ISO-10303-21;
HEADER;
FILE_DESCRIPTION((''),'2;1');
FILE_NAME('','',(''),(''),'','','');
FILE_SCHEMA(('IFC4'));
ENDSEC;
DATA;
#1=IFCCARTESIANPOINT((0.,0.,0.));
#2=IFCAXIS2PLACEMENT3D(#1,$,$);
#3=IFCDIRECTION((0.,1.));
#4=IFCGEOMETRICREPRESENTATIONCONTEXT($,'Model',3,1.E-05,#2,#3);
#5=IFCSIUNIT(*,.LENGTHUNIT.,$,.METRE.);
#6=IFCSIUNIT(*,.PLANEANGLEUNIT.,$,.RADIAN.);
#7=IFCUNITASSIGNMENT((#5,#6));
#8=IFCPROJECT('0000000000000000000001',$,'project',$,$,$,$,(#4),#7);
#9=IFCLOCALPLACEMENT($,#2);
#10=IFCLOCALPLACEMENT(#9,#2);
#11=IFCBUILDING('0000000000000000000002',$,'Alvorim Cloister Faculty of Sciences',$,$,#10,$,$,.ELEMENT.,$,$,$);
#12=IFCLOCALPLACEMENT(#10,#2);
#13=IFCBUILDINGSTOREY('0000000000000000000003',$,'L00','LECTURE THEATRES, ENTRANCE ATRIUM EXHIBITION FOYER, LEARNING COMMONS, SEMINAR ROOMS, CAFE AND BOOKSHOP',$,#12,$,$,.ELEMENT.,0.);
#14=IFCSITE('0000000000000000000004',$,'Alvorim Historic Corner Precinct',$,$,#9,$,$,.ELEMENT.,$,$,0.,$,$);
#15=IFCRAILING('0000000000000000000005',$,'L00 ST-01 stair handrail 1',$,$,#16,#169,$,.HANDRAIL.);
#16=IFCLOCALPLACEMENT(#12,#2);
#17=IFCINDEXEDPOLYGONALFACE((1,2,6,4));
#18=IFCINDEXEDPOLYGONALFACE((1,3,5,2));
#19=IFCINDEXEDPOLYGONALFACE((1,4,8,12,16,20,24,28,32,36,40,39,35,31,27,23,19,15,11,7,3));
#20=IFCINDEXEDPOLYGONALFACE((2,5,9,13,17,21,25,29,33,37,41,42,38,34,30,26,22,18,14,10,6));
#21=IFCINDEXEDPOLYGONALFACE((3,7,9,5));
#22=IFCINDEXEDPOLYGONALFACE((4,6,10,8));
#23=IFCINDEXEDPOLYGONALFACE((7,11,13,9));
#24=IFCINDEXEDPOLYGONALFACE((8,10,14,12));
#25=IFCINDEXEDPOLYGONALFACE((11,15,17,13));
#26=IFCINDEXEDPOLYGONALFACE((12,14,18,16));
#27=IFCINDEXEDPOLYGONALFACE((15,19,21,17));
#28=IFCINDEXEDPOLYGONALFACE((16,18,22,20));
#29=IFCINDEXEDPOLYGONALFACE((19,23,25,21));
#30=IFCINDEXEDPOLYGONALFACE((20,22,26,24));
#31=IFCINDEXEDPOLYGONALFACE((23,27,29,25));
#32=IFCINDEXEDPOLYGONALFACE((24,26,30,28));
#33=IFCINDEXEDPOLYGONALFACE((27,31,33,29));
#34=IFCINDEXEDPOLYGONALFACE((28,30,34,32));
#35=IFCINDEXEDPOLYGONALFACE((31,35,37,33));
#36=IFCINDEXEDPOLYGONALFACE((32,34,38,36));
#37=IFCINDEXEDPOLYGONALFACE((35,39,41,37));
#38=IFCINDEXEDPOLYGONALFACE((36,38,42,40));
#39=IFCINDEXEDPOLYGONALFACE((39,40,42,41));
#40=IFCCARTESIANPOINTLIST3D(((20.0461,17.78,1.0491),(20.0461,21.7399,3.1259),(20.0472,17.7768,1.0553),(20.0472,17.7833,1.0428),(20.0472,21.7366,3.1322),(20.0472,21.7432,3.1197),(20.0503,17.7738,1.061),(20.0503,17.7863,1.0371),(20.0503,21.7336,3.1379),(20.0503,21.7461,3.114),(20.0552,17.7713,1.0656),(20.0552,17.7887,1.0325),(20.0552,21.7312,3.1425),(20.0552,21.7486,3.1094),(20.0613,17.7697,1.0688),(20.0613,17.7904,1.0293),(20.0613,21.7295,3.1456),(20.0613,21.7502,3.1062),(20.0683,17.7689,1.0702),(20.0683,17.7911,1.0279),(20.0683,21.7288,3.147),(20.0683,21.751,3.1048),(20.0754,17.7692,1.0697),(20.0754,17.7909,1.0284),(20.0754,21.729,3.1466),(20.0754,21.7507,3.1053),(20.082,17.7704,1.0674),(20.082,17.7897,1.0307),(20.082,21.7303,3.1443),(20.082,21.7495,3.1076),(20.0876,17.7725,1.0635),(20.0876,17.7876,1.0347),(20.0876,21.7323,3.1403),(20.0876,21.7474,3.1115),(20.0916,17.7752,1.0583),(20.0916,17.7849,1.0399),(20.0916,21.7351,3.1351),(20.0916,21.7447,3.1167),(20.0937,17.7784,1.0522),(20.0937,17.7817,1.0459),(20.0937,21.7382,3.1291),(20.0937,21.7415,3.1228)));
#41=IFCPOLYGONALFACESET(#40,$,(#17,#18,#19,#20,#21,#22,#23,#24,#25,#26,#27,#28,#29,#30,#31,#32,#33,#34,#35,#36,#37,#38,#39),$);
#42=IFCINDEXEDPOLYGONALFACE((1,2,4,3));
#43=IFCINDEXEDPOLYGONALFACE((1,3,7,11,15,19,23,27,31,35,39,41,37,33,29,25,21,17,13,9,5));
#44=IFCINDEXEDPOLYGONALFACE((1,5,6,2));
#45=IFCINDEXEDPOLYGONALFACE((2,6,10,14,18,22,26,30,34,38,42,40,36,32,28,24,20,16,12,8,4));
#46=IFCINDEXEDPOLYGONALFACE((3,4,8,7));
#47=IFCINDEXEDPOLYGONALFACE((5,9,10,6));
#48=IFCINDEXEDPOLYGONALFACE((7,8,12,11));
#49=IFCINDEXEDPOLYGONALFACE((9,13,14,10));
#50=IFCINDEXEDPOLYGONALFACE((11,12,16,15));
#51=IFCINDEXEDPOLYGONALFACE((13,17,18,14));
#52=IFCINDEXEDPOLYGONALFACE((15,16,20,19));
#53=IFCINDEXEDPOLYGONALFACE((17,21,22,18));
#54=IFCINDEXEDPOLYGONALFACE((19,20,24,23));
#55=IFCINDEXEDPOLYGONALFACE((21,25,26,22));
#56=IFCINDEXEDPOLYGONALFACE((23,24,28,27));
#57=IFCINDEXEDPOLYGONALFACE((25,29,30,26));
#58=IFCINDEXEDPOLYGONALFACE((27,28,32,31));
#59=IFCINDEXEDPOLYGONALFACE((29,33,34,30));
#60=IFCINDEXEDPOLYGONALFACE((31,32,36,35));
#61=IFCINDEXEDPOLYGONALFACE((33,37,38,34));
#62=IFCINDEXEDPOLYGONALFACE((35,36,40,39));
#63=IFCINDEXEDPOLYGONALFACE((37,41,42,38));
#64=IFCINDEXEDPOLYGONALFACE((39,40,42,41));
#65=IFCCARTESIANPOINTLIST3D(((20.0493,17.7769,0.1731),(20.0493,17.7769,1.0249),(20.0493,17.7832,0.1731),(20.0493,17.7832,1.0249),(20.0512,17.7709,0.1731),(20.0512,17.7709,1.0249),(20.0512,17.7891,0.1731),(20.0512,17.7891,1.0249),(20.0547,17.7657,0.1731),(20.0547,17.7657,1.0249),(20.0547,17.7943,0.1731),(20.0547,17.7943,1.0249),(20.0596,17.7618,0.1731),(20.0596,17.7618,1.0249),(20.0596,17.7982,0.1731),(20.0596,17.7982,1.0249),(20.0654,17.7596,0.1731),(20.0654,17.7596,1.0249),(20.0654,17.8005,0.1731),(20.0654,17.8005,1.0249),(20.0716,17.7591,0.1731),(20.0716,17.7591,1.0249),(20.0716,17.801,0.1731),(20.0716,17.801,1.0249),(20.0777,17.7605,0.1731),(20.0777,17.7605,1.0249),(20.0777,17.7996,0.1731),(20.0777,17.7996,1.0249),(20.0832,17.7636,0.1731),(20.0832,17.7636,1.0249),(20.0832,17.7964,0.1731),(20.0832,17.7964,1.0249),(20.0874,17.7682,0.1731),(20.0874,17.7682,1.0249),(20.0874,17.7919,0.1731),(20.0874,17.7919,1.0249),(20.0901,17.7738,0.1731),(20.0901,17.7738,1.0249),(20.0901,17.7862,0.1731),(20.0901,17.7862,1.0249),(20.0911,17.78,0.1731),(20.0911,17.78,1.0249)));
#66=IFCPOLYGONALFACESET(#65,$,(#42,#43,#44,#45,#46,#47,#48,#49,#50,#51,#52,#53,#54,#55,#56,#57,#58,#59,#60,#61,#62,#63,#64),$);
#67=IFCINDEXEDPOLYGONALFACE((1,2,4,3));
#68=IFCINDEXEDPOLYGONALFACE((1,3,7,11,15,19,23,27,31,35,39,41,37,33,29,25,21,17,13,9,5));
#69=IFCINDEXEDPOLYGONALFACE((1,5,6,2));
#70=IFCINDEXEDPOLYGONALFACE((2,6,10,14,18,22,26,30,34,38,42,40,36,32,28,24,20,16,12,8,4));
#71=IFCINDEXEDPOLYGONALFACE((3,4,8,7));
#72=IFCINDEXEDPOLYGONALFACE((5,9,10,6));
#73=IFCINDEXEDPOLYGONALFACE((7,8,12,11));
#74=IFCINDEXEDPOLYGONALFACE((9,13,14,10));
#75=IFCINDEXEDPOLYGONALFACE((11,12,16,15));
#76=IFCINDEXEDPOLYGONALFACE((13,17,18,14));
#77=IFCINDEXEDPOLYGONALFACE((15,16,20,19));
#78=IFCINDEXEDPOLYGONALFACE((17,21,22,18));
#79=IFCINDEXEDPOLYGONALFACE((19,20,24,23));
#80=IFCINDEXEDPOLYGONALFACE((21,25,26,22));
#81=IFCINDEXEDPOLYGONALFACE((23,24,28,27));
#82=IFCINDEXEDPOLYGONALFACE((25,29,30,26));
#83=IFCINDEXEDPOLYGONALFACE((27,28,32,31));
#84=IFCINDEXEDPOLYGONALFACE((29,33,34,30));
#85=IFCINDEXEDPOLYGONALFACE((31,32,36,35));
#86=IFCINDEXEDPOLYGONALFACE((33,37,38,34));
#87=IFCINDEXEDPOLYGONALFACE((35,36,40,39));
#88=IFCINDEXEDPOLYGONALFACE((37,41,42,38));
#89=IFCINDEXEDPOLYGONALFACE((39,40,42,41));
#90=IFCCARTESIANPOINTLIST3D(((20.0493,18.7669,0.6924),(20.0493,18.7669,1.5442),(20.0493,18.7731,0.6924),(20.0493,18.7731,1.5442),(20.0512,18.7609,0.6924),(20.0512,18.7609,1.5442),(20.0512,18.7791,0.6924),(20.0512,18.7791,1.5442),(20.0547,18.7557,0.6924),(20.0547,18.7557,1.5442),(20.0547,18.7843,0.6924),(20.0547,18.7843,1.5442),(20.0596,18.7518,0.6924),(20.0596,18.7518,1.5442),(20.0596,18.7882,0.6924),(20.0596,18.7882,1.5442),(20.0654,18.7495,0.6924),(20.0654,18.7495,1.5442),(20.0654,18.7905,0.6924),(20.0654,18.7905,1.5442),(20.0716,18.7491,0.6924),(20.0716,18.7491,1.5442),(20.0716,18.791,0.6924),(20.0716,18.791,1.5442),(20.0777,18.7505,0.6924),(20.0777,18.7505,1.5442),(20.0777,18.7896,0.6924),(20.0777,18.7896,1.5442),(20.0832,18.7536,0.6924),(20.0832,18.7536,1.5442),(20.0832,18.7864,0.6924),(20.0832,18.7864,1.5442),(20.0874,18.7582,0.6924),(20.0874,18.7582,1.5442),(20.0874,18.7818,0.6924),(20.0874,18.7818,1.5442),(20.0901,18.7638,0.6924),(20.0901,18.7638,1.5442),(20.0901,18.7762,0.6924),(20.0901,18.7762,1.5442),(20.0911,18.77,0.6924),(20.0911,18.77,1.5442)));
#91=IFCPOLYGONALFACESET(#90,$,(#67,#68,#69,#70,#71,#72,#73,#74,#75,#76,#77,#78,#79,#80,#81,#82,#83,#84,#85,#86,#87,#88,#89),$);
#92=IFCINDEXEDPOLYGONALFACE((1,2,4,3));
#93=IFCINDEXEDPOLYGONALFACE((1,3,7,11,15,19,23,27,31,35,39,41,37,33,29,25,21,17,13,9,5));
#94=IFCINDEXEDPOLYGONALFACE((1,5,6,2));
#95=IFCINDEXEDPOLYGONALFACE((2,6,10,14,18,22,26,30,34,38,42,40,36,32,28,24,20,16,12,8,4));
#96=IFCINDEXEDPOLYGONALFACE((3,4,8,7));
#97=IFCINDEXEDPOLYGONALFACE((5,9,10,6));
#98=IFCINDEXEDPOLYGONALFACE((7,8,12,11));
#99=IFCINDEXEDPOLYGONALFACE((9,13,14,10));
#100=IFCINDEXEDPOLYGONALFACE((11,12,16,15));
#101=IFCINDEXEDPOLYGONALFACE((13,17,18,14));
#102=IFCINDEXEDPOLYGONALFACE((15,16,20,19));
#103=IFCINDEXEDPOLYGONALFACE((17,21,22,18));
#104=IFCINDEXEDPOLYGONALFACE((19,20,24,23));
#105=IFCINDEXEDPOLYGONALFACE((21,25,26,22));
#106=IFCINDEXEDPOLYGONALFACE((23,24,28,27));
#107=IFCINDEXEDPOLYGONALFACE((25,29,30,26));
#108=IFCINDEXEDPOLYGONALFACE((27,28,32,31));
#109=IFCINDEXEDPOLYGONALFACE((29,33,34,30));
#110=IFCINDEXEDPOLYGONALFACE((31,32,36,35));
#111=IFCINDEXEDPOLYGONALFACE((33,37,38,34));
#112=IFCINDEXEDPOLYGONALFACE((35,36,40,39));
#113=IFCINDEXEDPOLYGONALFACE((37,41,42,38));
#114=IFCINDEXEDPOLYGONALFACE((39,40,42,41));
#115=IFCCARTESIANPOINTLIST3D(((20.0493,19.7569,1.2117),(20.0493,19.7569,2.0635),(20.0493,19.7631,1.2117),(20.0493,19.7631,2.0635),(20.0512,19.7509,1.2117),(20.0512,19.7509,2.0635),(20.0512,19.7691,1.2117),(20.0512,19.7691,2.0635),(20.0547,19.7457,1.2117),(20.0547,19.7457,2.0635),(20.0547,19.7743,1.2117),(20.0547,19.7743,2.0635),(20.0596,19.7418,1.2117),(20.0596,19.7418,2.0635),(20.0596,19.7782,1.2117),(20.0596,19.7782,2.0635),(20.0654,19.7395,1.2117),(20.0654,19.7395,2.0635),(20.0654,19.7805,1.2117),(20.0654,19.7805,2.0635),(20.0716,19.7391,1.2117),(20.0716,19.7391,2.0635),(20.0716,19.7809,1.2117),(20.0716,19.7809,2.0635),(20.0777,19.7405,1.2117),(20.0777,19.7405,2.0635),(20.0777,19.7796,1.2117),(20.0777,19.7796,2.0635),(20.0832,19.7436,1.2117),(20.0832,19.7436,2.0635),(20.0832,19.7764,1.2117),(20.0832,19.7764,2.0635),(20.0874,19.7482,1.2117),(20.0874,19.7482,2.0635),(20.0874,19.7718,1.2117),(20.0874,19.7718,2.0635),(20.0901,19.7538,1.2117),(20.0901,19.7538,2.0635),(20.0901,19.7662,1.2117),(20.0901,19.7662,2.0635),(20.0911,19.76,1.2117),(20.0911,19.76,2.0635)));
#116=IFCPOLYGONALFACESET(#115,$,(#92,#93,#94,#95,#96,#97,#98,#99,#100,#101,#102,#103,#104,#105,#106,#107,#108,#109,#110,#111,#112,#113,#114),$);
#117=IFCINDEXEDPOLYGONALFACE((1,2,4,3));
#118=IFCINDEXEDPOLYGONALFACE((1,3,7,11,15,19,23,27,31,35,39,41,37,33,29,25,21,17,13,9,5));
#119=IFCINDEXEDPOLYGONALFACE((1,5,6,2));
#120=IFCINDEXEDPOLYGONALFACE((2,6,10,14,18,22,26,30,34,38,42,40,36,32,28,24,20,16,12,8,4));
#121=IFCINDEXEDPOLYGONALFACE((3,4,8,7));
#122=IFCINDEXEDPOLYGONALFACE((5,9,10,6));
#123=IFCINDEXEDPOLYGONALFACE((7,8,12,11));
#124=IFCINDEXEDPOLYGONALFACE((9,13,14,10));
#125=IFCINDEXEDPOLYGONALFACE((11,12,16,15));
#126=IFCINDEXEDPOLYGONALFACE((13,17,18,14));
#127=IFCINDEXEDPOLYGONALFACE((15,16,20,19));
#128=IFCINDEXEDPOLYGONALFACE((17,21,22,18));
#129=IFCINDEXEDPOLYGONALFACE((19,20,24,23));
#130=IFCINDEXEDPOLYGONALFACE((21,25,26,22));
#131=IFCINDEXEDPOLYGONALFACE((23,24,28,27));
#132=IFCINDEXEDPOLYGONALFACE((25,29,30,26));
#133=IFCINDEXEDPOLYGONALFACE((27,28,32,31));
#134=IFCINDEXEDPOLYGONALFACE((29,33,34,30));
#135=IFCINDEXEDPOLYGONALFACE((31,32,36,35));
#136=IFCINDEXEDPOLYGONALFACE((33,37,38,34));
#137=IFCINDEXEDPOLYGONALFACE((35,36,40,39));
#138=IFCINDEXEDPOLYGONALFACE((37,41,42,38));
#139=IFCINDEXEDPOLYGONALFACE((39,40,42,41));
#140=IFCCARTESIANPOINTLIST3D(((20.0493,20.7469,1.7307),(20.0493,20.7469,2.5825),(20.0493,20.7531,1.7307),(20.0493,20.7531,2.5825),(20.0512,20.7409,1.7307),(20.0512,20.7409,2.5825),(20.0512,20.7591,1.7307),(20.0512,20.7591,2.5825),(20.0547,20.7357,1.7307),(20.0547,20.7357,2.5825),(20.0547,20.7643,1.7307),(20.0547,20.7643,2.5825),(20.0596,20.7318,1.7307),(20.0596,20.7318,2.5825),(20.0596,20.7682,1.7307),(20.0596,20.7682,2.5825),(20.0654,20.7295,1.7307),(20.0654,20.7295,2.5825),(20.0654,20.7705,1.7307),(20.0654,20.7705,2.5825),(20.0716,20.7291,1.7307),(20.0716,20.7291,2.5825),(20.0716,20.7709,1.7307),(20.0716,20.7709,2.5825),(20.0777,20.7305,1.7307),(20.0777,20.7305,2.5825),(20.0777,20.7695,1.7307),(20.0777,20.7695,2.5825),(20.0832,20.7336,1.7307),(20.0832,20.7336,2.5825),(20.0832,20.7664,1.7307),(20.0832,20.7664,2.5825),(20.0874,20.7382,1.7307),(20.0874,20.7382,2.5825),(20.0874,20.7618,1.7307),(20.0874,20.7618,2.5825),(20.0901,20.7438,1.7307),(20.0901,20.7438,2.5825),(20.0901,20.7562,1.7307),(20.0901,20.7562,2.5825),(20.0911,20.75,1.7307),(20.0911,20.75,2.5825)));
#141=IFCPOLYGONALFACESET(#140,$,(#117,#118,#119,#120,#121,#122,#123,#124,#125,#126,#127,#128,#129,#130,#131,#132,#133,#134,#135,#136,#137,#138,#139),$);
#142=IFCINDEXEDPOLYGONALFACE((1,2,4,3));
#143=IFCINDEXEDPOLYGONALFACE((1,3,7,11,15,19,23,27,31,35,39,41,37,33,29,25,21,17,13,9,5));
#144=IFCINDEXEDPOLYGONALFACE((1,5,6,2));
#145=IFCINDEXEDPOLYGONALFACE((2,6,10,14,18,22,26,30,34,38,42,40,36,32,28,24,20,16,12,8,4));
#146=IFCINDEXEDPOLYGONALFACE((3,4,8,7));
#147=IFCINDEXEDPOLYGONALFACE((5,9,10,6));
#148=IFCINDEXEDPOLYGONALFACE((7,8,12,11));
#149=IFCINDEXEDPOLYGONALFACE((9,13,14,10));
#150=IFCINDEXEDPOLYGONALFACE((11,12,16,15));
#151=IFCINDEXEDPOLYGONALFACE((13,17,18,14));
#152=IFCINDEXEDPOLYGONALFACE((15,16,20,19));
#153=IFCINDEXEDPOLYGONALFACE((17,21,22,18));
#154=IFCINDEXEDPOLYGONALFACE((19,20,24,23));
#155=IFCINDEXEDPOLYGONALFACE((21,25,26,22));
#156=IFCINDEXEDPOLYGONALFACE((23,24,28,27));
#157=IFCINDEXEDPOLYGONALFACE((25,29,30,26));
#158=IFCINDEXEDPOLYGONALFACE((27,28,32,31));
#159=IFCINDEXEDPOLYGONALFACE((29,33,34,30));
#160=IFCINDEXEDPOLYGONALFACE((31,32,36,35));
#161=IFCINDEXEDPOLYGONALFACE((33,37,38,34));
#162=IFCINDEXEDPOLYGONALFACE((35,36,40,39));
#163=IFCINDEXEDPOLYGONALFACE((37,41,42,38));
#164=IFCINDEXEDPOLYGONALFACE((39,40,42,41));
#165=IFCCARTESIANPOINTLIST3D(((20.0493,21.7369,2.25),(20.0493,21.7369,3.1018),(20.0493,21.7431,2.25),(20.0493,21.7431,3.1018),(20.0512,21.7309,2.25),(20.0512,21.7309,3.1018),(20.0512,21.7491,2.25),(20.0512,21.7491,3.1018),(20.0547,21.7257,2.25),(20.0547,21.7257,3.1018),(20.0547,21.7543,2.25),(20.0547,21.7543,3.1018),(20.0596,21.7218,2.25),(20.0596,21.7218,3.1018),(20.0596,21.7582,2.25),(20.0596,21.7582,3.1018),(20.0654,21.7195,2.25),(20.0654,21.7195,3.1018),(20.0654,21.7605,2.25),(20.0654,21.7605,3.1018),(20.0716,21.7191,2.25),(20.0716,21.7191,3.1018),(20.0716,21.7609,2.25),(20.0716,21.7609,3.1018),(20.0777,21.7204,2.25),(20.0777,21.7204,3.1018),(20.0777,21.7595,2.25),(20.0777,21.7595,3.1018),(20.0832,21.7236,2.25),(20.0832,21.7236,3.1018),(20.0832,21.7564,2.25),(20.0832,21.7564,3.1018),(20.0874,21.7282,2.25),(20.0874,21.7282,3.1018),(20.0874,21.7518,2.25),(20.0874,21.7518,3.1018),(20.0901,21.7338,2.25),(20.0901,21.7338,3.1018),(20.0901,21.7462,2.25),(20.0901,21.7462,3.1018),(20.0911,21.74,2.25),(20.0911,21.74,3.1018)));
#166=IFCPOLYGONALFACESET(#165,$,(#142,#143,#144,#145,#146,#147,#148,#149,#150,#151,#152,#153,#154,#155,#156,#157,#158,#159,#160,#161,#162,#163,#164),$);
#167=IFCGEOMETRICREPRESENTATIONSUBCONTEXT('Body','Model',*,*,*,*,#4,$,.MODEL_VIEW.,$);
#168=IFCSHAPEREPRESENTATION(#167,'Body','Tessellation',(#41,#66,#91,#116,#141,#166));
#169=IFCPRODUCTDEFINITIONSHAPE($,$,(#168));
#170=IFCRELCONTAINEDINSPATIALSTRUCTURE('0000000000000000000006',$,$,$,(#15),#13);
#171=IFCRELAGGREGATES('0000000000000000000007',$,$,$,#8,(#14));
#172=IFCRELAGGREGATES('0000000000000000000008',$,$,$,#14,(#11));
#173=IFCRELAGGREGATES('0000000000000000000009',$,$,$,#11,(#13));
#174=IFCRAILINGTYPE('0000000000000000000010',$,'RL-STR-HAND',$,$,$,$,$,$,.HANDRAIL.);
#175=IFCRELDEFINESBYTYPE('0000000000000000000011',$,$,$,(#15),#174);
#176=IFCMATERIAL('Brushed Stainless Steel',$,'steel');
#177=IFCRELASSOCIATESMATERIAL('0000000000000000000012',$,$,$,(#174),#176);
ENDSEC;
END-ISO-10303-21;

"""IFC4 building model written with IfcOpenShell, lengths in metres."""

from ifc_helpers import new_model, si_unit, direction, frame, origin, origin_2d, place, context, subcontext, project, spatial, circle, extrude, material, type_object, element, save


model = new_model("IFC4")

# Units and contexts
model_context = context("Model", 3, precision=1e-05, world=origin(), true_north=direction((0.0, 1.0)))
body_context = subcontext(model_context, "Body", "Model", "MODEL_VIEW")
ifc_project = project(units=[si_unit("LENGTHUNIT", "METRE"), si_unit("PLANEANGLEUNIT", "RADIAN")], contexts=[model_context])

# Site, building, storey
site_placement = place(None, origin())
site = spatial("IfcSite", under=ifc_project, at=site_placement, Name="Alvorim Historic Corner Precinct", CompositionType="ELEMENT", RefElevation=0.0)
building_placement = place(site_placement, origin())
building = spatial("IfcBuilding", under=site, at=building_placement, Name="Alvorim Cloister Faculty of Sciences", CompositionType="ELEMENT")
storey_placement = place(building_placement, origin())
storey = spatial("IfcBuildingStorey", under=building, at=storey_placement, Name="L00", Description="LECTURE THEATRES, ENTRANCE ATRIUM EXHIBITION FOYER, LEARNING COMMONS, SEMINAR ROOMS, CAFE AND BOOKSHOP", CompositionType="ELEMENT", Elevation=0.0)

# Railing
ifc_material_1 = material(Name="Brushed Stainless Steel", Category="steel")
railing_type_1 = type_object("IfcRailingType", Name="RL-STR-HAND", PredefinedType="HANDRAIL", material=ifc_material_1)
railing_1_placement = place(storey_placement, frame((20.0701, 17.78, 0.1731)))
element("IfcRailing", 1, at=railing_1_placement, inside=storey, type_object=railing_type_1, Name="L00 ST-01 stair handrail 1", PredefinedType="HANDRAIL", context=body_context, shape_type="SweptSolid", body=[
    extrude(circle(Radius=0.0239, at=origin_2d()), frame((0.0, 0.0, 0.876), z_axis=(0.0, 0.885589, 0.46447), x_axis=(-1.0, 0.0, 0.0)), (0.0, 0.0, 1.0), 4.4714),
    extrude(circle(Radius=0.021, at=origin_2d()), origin(), (0.0, 0.0, 1.0), 0.8518),
    extrude(circle(Radius=0.021, at=origin_2d()), frame((0.0, 0.99, 0.5193)), (0.0, 0.0, 1.0), 0.8518),
    extrude(circle(Radius=0.021, at=origin_2d()), frame((0.0, 1.98, 1.0386)), (0.0, 0.0, 1.0), 0.8518),
    extrude(circle(Radius=0.021, at=origin_2d()), frame((0.0, 2.97, 1.5576)), (0.0, 0.0, 1.0), 0.8518),
    extrude(circle(Radius=0.021, at=origin_2d()), frame((0.0, 3.96, 2.0769)), (0.0, 0.0, 1.0), 0.8518),
])

save(model, "model.ifc")
